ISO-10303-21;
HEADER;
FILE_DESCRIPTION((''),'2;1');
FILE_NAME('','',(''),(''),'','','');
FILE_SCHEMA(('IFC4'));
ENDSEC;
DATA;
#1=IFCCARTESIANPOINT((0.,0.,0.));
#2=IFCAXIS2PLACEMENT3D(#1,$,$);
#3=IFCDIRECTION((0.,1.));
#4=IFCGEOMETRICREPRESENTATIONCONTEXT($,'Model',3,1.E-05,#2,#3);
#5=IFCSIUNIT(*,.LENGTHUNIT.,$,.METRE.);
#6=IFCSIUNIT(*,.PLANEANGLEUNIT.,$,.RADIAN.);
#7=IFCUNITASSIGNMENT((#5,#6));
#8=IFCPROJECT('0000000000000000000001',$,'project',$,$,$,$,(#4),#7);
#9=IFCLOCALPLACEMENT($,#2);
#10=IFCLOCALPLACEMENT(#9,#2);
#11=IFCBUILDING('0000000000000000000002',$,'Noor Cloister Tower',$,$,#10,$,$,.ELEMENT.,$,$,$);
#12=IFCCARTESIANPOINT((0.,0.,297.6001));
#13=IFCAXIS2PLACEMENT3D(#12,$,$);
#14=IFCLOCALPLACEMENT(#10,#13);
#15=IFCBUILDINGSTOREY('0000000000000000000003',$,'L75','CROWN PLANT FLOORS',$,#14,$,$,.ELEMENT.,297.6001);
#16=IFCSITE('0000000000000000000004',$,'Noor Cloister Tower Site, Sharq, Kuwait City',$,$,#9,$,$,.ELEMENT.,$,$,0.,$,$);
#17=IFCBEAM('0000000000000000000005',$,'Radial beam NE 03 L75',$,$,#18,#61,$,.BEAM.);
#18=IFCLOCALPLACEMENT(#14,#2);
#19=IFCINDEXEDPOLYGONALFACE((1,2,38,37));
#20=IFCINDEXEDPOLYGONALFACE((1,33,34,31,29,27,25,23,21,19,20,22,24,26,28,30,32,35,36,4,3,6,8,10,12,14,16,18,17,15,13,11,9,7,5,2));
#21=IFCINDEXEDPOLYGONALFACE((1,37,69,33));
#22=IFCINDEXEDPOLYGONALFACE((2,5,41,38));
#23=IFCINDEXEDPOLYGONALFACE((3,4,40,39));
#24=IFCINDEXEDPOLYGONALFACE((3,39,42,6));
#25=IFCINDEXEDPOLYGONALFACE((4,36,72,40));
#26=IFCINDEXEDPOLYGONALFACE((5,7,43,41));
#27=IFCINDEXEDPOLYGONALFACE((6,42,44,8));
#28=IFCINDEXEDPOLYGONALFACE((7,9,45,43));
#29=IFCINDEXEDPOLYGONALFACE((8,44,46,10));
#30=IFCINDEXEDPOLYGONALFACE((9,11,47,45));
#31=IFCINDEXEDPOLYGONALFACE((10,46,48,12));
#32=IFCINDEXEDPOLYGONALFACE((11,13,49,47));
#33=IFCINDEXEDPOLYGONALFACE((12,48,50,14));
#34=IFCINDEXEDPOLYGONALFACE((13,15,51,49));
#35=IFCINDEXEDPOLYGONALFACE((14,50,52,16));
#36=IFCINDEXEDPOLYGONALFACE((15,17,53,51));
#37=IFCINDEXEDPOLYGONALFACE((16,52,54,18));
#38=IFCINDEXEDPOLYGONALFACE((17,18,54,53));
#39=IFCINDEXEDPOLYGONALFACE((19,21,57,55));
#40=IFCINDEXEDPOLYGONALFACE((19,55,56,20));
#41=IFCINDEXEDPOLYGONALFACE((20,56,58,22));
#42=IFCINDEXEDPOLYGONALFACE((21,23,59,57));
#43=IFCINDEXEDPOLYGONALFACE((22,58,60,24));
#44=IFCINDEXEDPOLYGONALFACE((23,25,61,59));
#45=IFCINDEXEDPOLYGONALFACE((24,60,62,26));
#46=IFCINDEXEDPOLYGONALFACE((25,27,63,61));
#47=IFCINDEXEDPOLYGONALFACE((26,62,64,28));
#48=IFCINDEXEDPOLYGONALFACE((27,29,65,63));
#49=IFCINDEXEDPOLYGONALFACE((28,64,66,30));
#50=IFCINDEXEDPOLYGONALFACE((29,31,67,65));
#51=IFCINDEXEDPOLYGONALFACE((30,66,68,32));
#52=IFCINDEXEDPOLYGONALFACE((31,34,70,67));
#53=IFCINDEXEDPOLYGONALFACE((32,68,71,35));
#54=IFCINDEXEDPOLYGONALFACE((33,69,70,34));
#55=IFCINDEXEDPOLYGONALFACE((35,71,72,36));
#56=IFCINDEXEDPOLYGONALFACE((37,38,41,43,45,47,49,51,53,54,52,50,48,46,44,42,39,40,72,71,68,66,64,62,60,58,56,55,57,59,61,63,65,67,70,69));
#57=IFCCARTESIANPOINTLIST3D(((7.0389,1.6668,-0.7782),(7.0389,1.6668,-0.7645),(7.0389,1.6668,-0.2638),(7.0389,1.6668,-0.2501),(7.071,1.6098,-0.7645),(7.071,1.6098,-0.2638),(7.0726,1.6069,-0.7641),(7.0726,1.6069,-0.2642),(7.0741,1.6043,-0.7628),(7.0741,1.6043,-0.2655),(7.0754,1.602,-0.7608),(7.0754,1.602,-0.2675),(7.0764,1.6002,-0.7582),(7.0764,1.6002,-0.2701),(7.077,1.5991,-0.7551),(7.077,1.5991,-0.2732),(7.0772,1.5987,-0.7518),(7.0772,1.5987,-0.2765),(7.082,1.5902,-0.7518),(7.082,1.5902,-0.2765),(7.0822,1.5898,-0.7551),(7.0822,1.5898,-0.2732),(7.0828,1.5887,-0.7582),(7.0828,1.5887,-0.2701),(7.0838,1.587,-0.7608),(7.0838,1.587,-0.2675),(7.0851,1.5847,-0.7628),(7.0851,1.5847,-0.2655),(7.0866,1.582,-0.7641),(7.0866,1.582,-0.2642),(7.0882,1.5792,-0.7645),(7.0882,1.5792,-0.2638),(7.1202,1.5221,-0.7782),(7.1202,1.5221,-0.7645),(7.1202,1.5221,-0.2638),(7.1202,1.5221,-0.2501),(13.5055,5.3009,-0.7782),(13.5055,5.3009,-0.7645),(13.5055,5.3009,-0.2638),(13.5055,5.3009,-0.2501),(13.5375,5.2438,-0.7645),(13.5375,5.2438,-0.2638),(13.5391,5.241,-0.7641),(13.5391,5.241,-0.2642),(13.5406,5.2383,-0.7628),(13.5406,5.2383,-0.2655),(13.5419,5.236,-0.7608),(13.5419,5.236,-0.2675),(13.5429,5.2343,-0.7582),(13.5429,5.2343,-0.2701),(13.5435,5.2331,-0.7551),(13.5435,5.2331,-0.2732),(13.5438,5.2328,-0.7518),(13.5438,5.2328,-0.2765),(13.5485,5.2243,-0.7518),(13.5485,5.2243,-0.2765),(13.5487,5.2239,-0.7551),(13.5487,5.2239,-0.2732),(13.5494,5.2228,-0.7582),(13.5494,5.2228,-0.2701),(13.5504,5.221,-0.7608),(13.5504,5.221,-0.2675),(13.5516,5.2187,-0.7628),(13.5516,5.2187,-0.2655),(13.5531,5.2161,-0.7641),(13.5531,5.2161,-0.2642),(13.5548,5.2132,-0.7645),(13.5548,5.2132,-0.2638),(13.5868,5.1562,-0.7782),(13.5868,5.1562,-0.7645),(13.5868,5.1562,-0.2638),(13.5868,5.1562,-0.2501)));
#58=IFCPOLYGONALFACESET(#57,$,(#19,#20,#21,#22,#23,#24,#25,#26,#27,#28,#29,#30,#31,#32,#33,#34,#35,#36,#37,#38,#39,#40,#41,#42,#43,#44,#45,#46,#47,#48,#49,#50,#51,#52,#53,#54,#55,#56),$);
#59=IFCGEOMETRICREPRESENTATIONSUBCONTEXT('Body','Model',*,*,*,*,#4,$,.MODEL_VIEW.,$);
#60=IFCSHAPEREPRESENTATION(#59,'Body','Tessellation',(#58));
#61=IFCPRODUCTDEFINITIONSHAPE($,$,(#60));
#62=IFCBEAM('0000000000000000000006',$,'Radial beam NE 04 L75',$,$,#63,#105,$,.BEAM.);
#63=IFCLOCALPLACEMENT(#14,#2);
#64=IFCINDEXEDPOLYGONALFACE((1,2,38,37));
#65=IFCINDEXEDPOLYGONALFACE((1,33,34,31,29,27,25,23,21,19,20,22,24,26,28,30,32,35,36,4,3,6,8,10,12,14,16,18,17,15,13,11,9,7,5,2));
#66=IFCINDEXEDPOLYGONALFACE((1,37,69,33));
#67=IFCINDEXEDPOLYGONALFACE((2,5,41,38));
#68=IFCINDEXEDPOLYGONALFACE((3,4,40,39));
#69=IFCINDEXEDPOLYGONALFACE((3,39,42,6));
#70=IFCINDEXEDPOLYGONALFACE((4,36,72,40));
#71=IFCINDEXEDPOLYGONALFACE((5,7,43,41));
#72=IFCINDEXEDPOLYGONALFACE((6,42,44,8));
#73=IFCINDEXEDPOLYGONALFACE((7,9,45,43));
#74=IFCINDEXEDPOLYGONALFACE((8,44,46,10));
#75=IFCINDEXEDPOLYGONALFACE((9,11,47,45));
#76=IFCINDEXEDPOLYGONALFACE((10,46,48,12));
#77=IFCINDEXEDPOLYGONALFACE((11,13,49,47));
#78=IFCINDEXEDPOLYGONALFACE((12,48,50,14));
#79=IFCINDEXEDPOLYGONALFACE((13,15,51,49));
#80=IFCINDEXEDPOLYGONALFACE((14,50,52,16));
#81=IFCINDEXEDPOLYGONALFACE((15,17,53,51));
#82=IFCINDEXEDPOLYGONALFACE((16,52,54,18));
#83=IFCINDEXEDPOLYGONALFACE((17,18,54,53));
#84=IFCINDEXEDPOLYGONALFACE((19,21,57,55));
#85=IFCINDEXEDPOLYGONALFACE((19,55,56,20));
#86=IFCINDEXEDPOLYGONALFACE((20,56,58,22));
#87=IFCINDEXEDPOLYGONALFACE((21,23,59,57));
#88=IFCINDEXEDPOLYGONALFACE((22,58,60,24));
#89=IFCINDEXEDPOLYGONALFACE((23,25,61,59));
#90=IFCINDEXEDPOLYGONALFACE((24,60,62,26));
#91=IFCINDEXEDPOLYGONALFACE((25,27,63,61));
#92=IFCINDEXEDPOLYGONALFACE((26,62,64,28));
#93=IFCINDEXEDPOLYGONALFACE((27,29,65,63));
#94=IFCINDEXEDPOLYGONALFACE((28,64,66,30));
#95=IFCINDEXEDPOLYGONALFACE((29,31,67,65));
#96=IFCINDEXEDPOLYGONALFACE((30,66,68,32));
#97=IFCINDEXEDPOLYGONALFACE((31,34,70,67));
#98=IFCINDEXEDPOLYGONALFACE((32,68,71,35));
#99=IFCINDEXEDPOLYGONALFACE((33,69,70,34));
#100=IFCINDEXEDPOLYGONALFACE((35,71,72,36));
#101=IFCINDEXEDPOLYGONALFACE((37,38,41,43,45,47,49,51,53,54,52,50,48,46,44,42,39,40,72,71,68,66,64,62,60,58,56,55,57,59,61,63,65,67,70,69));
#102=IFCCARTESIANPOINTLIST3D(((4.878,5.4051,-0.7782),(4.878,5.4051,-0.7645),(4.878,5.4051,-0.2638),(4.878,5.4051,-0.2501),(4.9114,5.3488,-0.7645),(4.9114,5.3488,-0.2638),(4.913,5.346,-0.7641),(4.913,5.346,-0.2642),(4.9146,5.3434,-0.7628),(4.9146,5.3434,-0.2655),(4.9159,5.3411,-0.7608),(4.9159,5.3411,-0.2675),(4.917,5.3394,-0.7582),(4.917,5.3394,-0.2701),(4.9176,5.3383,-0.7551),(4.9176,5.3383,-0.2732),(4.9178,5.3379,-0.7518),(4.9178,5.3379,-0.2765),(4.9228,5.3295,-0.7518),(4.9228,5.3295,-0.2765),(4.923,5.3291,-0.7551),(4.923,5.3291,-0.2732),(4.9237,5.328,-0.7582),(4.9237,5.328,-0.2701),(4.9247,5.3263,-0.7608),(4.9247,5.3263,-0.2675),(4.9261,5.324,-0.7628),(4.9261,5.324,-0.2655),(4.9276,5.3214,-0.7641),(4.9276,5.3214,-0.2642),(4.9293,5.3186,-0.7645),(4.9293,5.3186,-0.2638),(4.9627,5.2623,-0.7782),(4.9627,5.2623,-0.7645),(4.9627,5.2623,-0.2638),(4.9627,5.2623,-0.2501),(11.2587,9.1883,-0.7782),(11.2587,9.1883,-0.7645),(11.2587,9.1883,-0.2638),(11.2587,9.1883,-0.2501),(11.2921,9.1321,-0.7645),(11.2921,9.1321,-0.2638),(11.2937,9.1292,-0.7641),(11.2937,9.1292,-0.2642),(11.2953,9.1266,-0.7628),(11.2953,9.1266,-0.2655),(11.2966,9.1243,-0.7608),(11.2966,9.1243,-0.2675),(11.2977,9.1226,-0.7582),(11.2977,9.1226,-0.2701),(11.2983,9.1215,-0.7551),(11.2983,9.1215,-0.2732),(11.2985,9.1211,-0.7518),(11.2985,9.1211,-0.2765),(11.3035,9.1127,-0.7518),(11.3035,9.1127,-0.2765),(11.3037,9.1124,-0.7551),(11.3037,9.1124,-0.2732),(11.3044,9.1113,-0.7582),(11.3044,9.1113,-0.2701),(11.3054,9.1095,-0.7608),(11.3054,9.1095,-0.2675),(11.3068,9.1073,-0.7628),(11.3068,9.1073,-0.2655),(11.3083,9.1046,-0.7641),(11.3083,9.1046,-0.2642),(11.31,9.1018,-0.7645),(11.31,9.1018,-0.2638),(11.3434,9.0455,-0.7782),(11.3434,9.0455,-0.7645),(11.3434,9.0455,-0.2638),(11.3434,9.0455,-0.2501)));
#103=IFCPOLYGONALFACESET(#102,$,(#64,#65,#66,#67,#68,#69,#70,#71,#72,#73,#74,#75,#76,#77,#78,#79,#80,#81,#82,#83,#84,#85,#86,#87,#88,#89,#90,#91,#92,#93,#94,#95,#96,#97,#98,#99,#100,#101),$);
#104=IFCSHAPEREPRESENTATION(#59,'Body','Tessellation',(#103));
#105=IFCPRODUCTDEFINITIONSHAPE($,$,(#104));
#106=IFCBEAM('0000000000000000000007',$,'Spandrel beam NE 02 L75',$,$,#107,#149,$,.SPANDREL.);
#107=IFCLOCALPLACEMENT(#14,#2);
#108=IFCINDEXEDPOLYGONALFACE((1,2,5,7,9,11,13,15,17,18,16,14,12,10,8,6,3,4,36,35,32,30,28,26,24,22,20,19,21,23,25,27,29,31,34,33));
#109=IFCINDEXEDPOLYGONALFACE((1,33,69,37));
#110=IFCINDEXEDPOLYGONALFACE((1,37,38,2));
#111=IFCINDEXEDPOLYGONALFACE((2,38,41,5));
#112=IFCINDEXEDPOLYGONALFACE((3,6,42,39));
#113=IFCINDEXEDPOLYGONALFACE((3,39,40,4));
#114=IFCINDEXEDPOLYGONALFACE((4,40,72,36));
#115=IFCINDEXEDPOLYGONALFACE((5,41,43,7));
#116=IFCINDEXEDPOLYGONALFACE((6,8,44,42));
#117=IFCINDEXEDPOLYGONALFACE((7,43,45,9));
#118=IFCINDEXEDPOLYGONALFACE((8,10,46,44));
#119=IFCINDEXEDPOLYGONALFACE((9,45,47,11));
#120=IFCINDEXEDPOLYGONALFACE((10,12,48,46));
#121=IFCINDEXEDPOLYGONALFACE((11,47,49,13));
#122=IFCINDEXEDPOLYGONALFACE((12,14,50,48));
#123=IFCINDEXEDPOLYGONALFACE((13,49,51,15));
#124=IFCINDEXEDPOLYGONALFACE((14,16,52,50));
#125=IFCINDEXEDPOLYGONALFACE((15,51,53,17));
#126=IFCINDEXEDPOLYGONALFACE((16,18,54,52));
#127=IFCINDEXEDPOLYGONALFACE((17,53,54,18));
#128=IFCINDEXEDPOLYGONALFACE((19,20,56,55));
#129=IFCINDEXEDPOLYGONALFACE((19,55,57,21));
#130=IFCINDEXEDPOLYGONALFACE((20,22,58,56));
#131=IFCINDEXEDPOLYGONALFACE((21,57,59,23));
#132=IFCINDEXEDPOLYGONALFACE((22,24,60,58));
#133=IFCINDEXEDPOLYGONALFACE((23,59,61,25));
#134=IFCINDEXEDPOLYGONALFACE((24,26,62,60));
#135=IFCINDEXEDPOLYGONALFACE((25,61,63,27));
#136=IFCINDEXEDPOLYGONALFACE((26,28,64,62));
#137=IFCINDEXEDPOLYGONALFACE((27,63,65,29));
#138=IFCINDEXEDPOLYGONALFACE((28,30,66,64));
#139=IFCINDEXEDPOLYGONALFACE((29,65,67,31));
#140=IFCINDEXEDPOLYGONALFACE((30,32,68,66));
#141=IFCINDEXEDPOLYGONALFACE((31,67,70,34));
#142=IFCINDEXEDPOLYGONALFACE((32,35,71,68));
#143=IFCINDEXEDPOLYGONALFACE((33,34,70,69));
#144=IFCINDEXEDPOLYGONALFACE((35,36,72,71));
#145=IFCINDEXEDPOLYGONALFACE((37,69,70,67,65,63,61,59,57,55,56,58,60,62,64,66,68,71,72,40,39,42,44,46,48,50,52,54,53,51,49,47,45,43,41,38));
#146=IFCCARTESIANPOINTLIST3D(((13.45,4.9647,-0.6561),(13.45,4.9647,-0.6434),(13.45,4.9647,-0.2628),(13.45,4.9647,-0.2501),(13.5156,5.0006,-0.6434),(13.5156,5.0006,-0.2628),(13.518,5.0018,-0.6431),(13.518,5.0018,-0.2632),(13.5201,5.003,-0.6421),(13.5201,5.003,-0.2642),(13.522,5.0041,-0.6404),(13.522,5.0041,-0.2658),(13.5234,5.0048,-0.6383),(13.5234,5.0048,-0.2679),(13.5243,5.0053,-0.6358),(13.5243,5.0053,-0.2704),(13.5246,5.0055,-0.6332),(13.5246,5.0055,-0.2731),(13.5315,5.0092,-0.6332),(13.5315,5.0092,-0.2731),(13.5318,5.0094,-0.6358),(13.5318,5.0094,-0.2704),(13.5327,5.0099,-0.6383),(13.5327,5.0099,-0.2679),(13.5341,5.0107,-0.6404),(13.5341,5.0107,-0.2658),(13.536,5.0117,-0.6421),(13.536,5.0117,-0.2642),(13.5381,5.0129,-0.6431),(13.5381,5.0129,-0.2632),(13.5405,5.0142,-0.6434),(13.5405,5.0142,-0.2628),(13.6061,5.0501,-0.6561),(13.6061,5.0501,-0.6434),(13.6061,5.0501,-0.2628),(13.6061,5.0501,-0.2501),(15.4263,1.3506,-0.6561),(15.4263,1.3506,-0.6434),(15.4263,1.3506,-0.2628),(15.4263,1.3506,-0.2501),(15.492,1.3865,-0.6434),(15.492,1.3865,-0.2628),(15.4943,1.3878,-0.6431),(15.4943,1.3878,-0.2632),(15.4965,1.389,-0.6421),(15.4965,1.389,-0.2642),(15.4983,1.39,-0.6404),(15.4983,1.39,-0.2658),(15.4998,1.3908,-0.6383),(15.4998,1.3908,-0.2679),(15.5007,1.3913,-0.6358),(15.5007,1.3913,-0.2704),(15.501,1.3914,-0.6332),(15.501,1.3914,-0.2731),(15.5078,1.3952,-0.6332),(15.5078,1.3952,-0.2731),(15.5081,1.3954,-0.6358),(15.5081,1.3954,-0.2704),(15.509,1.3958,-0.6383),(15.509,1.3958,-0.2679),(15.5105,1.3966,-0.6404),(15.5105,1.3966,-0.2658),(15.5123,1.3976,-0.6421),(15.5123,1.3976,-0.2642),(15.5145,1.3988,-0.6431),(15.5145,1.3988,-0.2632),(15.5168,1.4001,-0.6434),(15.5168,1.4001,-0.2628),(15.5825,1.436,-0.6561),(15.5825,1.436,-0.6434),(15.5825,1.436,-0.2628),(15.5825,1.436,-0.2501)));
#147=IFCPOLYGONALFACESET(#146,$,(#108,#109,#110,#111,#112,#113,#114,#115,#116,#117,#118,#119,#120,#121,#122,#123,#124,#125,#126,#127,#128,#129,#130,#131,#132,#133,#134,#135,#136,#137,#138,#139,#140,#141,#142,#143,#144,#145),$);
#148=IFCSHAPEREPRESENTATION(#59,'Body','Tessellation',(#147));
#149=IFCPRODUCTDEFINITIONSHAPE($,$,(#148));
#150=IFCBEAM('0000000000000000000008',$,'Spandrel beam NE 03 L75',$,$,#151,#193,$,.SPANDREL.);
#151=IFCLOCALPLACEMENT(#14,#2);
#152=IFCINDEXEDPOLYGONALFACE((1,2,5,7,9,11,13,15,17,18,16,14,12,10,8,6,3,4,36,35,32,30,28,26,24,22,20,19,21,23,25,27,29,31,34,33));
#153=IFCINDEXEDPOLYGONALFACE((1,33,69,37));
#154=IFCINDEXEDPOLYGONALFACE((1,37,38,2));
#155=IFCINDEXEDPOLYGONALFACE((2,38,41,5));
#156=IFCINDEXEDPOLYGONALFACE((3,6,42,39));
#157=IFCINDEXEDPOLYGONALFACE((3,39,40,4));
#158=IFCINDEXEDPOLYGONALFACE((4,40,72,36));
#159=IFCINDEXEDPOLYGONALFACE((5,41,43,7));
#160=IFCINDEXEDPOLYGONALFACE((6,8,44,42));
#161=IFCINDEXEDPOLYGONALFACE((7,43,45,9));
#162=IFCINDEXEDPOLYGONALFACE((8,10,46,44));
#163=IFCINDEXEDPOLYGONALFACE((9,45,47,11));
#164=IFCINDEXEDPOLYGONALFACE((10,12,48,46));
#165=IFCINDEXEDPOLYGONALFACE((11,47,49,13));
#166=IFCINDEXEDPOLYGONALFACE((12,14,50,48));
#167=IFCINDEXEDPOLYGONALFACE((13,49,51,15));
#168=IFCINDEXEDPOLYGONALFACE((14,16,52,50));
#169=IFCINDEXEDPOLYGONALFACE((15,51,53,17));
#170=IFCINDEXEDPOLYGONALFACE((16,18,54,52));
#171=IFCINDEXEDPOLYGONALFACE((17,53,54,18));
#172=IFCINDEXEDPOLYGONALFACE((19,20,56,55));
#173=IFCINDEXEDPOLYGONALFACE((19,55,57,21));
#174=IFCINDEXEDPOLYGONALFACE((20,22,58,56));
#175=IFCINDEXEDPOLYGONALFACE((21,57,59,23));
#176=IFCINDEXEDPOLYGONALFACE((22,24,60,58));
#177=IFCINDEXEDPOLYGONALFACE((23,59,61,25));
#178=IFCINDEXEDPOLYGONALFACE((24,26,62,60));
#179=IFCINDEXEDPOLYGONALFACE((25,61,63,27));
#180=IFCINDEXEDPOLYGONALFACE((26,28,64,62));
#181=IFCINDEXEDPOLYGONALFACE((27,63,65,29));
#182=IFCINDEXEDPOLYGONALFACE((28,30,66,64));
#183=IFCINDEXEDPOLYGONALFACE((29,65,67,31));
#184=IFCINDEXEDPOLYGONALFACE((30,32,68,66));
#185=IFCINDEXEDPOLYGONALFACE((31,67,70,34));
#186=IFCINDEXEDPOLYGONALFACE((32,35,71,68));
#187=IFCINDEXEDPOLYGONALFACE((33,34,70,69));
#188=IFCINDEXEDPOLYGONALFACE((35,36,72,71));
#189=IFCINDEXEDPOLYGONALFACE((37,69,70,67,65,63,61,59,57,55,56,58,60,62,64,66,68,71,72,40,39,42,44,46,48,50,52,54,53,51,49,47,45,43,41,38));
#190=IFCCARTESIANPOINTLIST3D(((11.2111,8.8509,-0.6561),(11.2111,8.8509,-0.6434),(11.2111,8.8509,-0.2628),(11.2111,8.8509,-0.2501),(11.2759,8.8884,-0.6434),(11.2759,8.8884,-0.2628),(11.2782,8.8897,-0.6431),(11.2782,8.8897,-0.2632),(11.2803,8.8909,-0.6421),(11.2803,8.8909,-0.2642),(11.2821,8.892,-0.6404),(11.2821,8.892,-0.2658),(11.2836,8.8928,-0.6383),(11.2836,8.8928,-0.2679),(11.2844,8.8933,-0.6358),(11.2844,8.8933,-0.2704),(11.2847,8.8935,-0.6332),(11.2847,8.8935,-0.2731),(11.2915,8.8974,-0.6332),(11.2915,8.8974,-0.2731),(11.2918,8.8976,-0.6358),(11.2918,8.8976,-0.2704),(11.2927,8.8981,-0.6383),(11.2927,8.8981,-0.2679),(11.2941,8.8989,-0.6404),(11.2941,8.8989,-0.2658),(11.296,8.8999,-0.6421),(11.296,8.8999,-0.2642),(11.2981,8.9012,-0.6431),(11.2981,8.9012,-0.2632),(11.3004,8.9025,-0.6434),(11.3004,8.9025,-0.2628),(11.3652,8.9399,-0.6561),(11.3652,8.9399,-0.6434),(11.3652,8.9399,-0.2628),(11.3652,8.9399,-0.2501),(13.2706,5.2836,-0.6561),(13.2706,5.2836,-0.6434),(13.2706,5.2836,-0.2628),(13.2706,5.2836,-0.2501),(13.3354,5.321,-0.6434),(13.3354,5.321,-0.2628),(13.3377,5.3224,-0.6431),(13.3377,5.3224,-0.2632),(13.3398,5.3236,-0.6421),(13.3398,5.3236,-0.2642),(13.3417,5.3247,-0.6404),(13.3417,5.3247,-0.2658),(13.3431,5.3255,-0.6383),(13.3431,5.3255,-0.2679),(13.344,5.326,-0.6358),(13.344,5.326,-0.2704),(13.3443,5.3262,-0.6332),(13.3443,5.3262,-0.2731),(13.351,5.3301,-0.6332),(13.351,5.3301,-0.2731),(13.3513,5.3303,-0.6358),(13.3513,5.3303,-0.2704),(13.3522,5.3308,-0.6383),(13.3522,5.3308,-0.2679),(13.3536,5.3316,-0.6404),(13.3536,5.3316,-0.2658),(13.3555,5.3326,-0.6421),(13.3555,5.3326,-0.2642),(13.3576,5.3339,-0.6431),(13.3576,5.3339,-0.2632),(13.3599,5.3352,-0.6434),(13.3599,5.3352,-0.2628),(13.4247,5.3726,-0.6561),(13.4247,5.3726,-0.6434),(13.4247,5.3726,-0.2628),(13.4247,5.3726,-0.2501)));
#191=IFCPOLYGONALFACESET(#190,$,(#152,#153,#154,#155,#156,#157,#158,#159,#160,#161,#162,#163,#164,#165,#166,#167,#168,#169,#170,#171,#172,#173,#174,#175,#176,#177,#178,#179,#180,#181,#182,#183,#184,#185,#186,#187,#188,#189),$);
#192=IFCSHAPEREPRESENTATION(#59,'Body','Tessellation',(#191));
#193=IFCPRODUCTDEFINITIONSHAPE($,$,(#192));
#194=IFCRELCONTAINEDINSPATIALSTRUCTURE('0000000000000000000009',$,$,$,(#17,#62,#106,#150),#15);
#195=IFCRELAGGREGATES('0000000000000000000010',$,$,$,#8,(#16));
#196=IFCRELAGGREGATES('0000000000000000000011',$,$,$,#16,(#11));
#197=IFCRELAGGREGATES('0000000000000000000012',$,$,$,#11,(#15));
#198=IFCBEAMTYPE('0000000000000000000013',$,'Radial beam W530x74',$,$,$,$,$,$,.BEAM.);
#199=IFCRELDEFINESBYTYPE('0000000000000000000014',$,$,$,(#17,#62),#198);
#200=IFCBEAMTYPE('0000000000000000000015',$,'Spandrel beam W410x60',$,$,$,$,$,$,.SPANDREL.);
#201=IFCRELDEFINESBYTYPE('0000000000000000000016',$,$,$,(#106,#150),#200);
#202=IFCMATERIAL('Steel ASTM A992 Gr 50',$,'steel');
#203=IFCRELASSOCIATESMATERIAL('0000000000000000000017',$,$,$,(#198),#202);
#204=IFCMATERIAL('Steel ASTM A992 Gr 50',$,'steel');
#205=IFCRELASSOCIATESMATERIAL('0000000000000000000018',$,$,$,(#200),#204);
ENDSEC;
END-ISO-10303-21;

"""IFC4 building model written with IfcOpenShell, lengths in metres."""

from ifc_helpers import new_model, si_unit, direction, frame, origin, origin_2d, place, context, subcontext, project, spatial, i_section, extrude, material, material_profile, profile_set, type_object, element, save


model = new_model("IFC4")

# Units and contexts
model_context = context("Model", 3, precision=1e-05, world=origin(), true_north=direction((0.0, 1.0)))
body_context = subcontext(model_context, "Body", "Model", "MODEL_VIEW")
ifc_project = project(units=[si_unit("LENGTHUNIT", "METRE"), si_unit("PLANEANGLEUNIT", "RADIAN")], contexts=[model_context])

# Site, building, storey
site_placement = place(None, origin())
site = spatial("IfcSite", under=ifc_project, at=site_placement, Name="Noor Cloister Tower Site, Sharq, Kuwait City", CompositionType="ELEMENT", RefElevation=0.0)
building_placement = place(site_placement, origin())
building = spatial("IfcBuilding", under=site, at=building_placement, Name="Noor Cloister Tower", CompositionType="ELEMENT")
storey_placement = place(building_placement, frame((0.0, 0.0, 297.6001)))
storey = spatial("IfcBuildingStorey", under=building, at=storey_placement, Name="L75", Description="CROWN PLANT FLOORS", CompositionType="ELEMENT", Elevation=297.6001)

# Beams
ifc_material_1 = material(Name="Steel ASTM A992 Gr 50", Category="steel")
ifc_material_profile_1 = material_profile(ifc_material_1, i_section(OverallWidth=0.166, OverallDepth=0.5281, WebThickness=0.0098, FlangeThickness=0.0137, FilletRadius=0.0127, at=origin_2d()), Name="W530x74")
ifc_profile_set_1 = profile_set([ifc_material_profile_1], Name="Steel ASTM A992 Gr 50")
beam_type_1 = type_object("IfcBeamType", Name="Radial beam W530x74", PredefinedType="BEAM", material=ifc_profile_set_1)
beam_1_placement = place(storey_placement, frame((13.5461, 5.2285, -0.5142), z_axis=(-0.871771, -0.489913, 0.0), x_axis=(0.489913, -0.871771, 0.0)))
element("IfcBeam", 1, at=beam_1_placement, inside=storey, type_object=beam_type_1, Name="Radial beam NE 03 L75", PredefinedType="BEAM", context=body_context, shape_type="SweptSolid", body=[
    extrude(i_section(OverallWidth=0.166, OverallDepth=0.5281, WebThickness=0.0098, FlangeThickness=0.0137, FilletRadius=0.0127, at=origin_2d()), origin(), (0.0, 0.0, 1.0), 7.4177),
])
beam_2_placement = place(storey_placement, frame((11.301, 9.1169, -0.5142), z_axis=(-0.860167, -0.510012, 0.0), x_axis=(0.510012, -0.860167, 0.0)))
element("IfcBeam", 2, at=beam_2_placement, inside=storey, type_object=beam_type_1, Name="Radial beam NE 04 L75", PredefinedType="BEAM", context=body_context, shape_type="SweptSolid", body=[
    extrude(i_section(OverallWidth=0.166, OverallDepth=0.5281, WebThickness=0.0098, FlangeThickness=0.0137, FilletRadius=0.0127, at=origin_2d()), origin(), (0.0, 0.0, 1.0), 7.418),
])
ifc_material_2 = material(Name="Steel ASTM A992 Gr 50", Category="steel")
ifc_material_profile_2 = material_profile(ifc_material_2, i_section(OverallWidth=0.178, OverallDepth=0.406, WebThickness=0.0078, FlangeThickness=0.0127, FilletRadius=0.0103, at=origin_2d()), Name="W410x60")
ifc_profile_set_2 = profile_set([ifc_material_profile_2], Name="Steel ASTM A992 Gr 50")
beam_type_2 = type_object("IfcBeamType", Name="Spandrel beam W410x60", PredefinedType="SPANDREL", material=ifc_profile_set_2)
for number, where, z_axis, x_axis, name in (
    (3, (15.5044, 1.3933, -0.4531), (-0.479795, 0.877381, 0.0), (-0.877381, -0.479795, 0.0), "Spandrel beam NE 02 L75"),
    (4, (13.3477, 5.3281, -0.4531), (-0.499989, 0.866032, 0.0), (-0.866032, -0.499989, 0.0), "Spandrel beam NE 03 L75"),
):
    element("IfcBeam", number, at=place(storey_placement, frame(where, z_axis=z_axis, x_axis=x_axis)), inside=storey, type_object=beam_type_2, Name=name, PredefinedType="SPANDREL", context=body_context, shape_type="SweptSolid", body=[
        extrude(i_section(OverallWidth=0.178, OverallDepth=0.406, WebThickness=0.0078, FlangeThickness=0.0127, FilletRadius=0.0103, at=origin_2d()), origin(), (0.0, 0.0, 1.0), 4.1191),
    ])

save(model, "model.ifc")
